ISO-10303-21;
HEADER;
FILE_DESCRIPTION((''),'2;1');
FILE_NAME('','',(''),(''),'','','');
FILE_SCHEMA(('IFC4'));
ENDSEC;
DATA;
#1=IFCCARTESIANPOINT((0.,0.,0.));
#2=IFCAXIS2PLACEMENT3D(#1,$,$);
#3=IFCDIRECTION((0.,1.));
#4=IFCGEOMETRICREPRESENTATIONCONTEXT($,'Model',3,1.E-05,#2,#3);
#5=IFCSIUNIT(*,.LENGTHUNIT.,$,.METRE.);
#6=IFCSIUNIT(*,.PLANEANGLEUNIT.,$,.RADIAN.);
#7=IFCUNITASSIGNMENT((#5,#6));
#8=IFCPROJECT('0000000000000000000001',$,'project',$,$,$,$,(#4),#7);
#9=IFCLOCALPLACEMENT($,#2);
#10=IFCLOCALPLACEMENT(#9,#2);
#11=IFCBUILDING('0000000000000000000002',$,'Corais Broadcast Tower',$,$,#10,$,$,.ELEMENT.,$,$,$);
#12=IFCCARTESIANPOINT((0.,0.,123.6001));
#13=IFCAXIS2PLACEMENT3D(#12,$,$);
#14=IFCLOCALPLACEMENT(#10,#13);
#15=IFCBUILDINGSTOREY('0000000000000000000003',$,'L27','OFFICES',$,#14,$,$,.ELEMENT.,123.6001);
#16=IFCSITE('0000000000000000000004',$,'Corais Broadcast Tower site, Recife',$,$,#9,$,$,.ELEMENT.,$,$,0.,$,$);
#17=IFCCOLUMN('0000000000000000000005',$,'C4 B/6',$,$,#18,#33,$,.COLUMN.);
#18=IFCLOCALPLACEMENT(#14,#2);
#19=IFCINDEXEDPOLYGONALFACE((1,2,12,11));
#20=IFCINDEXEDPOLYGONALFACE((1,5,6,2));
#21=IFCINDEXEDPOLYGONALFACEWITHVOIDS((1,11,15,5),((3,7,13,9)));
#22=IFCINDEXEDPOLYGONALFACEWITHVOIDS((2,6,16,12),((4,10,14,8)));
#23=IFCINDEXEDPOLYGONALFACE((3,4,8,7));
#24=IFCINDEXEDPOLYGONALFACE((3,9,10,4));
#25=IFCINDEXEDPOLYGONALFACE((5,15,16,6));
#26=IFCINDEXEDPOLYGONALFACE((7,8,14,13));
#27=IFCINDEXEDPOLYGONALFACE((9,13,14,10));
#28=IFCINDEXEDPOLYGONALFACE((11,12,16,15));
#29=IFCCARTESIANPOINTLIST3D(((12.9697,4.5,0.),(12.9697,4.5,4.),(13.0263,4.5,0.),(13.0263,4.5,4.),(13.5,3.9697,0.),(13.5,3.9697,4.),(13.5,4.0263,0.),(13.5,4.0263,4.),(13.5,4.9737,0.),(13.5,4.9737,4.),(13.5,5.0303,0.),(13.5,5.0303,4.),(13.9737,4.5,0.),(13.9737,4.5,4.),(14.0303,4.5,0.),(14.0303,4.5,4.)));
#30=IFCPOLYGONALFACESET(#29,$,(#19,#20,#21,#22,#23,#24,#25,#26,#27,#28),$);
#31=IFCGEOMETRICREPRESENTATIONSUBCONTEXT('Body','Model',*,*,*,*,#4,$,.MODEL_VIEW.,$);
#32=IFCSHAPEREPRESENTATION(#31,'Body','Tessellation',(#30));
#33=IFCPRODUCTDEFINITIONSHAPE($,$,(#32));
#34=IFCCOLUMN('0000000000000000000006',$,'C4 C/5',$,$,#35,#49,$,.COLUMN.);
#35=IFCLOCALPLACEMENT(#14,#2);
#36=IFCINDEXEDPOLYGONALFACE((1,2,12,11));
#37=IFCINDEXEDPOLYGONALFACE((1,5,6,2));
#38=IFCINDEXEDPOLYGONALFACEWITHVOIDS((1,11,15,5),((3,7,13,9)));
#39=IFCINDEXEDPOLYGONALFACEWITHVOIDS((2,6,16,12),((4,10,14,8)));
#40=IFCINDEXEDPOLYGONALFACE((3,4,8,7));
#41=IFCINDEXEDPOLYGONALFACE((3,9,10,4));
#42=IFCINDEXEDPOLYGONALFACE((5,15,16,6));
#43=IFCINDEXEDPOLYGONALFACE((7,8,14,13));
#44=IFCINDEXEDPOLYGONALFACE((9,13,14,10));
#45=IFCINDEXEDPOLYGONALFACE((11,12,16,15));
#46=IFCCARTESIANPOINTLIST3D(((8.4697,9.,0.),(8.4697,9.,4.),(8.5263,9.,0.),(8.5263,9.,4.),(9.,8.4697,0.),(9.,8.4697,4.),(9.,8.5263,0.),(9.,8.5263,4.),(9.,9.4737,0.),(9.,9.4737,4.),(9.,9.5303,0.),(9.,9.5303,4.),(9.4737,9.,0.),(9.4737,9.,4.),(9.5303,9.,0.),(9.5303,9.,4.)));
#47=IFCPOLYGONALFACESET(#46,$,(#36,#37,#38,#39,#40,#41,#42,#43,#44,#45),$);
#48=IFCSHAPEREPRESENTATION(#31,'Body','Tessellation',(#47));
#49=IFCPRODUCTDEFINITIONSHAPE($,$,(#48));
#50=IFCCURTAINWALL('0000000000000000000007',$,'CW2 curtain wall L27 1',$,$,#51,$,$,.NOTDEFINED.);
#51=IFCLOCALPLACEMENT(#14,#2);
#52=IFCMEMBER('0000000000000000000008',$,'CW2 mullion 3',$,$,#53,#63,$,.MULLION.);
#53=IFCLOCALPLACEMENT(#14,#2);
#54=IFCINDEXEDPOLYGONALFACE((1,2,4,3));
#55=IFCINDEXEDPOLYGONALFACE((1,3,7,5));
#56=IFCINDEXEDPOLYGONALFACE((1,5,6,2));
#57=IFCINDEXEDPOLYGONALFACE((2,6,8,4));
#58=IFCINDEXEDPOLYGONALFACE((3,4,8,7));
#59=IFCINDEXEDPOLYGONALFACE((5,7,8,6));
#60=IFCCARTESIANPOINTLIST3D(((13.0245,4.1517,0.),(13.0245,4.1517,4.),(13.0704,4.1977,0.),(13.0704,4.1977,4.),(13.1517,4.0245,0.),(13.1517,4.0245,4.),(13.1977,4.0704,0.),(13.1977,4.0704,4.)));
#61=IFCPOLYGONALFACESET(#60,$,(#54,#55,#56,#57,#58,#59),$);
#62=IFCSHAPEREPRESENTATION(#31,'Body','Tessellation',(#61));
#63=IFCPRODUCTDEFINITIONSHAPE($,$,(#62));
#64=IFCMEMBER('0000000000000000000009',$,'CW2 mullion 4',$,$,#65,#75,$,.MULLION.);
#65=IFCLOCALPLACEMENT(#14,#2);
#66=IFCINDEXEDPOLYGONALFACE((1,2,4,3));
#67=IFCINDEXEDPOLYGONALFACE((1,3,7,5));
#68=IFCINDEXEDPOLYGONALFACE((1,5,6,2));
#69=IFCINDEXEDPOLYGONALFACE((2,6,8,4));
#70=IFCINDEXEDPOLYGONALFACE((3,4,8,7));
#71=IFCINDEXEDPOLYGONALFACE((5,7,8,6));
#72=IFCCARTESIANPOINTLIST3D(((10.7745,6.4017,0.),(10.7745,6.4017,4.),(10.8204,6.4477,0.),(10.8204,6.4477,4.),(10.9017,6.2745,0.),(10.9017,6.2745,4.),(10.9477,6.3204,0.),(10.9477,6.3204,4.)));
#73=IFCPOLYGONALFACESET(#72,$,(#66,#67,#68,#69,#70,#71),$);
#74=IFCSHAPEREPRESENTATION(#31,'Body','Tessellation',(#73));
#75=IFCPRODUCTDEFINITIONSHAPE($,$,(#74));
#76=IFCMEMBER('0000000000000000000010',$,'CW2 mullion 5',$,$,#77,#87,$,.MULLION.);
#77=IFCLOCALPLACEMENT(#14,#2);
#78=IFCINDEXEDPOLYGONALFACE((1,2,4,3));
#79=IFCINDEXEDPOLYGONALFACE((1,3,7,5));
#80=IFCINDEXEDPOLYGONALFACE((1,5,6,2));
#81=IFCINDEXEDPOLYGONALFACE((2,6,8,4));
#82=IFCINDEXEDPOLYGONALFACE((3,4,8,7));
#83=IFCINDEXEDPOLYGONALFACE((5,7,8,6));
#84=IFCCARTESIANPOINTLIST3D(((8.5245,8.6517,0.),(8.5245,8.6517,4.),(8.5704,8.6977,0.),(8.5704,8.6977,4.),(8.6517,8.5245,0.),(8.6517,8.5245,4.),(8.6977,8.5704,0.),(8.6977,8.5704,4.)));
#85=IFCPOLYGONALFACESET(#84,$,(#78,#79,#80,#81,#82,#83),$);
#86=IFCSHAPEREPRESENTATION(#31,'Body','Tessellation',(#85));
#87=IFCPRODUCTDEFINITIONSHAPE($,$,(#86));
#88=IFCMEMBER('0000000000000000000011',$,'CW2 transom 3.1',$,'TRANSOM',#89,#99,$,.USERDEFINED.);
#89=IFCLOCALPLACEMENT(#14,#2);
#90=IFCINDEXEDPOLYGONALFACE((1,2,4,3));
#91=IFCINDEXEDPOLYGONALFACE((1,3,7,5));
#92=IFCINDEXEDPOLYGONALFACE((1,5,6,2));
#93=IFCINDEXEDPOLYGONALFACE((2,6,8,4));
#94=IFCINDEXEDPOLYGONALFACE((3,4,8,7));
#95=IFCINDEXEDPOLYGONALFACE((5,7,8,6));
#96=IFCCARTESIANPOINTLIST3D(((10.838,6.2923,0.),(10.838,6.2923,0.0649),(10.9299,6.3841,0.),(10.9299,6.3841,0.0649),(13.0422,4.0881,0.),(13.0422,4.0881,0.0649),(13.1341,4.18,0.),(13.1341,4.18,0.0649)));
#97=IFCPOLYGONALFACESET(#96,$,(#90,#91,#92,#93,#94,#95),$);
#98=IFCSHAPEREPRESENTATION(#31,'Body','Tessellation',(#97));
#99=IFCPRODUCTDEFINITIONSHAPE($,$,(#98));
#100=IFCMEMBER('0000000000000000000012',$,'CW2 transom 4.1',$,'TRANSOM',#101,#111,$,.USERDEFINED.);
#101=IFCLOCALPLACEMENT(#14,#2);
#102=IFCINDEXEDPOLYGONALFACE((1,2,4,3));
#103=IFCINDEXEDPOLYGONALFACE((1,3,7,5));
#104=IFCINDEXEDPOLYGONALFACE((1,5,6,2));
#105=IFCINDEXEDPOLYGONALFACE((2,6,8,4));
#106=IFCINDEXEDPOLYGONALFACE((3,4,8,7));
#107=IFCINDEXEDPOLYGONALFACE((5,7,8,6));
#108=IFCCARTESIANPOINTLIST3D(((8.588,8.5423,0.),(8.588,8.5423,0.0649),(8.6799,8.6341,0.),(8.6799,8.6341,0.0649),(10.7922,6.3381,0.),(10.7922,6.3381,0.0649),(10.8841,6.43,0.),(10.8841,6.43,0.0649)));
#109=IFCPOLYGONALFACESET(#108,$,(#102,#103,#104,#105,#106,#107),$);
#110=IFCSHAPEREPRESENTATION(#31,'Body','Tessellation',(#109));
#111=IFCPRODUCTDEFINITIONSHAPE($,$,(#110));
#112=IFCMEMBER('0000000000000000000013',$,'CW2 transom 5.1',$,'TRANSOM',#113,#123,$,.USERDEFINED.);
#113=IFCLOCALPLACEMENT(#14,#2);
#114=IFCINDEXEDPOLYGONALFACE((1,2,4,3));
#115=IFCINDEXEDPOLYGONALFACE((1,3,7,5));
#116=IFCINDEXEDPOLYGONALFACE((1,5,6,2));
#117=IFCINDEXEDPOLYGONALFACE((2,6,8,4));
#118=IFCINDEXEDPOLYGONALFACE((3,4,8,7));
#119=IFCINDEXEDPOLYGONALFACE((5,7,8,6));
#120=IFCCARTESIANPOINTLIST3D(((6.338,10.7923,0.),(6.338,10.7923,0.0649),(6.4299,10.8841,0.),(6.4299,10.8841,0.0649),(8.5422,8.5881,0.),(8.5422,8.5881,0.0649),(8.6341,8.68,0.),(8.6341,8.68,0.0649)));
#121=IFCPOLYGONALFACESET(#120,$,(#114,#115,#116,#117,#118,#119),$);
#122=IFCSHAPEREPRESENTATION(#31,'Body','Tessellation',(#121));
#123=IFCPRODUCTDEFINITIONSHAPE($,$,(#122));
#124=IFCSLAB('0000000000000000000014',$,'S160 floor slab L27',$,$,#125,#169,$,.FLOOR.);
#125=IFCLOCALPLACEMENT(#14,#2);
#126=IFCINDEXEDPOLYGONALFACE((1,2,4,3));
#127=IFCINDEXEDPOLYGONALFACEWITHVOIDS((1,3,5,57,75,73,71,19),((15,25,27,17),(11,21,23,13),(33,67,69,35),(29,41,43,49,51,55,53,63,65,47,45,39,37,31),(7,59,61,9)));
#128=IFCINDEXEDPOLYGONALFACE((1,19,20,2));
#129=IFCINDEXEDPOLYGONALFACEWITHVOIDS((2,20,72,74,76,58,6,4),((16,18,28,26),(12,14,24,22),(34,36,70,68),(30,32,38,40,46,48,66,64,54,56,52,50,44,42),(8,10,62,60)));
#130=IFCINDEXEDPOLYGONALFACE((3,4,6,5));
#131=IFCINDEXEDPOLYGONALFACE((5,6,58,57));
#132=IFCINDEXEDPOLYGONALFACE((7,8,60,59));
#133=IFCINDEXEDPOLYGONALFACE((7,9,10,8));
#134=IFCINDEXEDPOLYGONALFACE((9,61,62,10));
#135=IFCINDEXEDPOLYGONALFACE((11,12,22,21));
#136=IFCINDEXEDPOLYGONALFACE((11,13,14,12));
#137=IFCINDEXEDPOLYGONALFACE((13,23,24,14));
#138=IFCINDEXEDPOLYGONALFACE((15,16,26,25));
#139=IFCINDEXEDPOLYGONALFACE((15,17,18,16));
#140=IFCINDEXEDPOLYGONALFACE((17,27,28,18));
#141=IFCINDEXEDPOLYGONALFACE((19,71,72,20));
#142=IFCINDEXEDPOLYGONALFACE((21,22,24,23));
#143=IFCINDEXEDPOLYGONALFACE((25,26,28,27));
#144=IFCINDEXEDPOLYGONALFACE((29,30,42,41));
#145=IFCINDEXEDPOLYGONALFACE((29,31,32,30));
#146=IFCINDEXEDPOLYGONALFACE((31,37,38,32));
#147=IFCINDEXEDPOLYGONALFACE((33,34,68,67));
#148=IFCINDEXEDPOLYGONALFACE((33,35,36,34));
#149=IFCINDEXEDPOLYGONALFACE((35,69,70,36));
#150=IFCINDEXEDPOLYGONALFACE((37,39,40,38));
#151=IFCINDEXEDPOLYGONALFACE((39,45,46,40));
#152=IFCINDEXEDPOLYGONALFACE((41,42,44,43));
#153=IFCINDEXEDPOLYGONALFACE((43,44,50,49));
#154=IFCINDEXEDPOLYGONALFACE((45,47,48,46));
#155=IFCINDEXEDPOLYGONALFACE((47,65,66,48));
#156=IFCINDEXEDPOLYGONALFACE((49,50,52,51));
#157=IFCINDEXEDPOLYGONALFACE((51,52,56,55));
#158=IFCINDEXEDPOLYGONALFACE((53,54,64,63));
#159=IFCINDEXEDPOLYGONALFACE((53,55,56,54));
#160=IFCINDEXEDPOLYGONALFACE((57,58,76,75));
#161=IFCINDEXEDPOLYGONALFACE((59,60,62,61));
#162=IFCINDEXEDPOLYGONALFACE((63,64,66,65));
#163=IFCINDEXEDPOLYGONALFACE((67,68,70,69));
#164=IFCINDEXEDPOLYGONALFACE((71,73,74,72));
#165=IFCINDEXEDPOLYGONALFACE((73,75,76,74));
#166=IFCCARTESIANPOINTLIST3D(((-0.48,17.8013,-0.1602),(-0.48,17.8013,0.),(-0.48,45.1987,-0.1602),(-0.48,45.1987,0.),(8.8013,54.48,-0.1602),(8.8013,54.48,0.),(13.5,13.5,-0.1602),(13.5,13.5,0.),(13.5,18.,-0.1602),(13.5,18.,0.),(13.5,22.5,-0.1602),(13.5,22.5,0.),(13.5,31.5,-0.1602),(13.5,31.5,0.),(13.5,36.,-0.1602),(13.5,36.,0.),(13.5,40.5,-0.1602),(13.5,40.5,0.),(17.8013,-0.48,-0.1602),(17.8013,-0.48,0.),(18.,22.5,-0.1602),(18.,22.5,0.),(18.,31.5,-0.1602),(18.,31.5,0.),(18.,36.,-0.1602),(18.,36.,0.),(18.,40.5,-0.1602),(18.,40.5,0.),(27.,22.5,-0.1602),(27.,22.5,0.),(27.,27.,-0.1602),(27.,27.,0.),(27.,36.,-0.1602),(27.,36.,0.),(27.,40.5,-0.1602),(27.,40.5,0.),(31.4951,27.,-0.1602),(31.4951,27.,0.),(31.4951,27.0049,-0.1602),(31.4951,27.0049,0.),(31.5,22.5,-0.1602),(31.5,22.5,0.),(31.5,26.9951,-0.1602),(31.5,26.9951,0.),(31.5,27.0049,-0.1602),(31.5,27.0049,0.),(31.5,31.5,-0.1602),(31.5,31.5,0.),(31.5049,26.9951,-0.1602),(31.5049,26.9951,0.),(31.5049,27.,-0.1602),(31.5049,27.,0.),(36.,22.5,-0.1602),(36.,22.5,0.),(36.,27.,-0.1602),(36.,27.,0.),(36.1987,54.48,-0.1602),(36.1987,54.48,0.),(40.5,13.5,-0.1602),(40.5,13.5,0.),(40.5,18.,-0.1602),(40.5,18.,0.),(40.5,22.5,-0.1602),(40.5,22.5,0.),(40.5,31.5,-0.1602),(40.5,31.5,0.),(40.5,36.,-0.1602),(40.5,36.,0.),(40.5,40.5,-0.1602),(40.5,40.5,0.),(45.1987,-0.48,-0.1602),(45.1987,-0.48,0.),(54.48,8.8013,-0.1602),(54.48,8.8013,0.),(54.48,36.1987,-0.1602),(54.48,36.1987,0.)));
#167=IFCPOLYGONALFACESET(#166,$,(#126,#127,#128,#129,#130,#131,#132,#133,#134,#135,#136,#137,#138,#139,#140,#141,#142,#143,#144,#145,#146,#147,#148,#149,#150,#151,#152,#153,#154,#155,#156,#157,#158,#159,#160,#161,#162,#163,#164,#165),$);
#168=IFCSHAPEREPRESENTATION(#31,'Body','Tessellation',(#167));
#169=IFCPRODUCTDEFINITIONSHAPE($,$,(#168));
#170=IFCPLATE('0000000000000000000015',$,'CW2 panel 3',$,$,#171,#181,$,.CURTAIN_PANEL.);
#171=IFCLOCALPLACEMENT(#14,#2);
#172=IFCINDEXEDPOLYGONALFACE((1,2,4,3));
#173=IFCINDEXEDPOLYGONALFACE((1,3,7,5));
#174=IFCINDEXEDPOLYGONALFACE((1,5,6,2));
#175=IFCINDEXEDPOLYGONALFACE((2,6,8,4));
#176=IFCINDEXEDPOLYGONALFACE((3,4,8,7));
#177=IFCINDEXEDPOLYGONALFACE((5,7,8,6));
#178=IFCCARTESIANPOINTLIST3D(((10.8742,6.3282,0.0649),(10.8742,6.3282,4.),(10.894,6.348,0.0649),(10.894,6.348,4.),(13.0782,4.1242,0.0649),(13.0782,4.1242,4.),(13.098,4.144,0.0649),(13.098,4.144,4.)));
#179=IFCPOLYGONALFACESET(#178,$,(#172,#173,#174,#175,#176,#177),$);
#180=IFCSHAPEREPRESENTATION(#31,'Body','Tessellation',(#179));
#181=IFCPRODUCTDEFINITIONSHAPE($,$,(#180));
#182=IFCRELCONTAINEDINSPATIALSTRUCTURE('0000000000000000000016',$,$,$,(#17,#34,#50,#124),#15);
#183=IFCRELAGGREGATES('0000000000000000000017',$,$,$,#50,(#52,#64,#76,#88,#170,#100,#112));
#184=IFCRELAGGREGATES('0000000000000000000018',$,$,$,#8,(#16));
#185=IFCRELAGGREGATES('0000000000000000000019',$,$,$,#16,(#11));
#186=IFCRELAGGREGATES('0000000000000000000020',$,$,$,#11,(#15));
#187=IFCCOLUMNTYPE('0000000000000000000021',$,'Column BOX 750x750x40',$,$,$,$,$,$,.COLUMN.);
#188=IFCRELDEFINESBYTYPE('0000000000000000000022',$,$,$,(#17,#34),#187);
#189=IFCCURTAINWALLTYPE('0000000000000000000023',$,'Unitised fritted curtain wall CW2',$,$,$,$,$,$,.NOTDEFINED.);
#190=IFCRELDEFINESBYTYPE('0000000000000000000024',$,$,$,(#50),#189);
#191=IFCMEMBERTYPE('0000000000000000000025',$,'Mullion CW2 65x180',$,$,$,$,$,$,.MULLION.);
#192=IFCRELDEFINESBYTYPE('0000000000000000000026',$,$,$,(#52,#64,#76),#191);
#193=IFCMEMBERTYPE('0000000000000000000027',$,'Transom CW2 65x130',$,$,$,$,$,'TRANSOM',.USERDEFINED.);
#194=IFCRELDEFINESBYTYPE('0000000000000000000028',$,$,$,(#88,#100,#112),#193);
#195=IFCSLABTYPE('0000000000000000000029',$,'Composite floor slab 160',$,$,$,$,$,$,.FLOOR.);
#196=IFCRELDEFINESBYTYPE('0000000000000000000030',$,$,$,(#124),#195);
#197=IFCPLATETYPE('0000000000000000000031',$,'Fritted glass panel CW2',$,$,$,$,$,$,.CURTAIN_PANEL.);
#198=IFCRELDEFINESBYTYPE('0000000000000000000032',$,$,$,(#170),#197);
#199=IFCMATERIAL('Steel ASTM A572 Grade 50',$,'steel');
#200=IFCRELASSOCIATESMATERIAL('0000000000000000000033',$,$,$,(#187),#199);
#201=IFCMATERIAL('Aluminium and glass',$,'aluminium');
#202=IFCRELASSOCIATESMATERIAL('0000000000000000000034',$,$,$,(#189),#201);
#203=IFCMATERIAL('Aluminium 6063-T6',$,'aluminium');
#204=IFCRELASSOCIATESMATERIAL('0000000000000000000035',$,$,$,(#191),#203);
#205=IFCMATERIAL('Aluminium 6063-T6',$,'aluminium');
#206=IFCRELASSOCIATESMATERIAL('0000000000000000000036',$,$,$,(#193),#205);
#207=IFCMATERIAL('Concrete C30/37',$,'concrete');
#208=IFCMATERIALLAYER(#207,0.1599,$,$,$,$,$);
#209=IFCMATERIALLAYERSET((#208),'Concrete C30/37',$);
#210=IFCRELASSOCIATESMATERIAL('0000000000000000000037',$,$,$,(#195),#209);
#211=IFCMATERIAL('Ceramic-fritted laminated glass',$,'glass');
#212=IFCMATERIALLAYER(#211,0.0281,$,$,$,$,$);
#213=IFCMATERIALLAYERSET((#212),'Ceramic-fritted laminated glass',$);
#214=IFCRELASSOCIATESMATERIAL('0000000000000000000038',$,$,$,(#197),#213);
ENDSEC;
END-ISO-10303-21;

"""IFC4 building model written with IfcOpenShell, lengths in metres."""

from ifc_helpers import new_model, si_unit, direction, frame, origin, origin_2d, place, context, subcontext, project, spatial, polyline, rectangle, hollow_rectangle, outline, extrude, material, layer, layer_set, material_profile, profile_set, type_object, element, aggregate, save


model = new_model("IFC4")

# Units and contexts
model_context = context("Model", 3, precision=1e-05, world=origin(), true_north=direction((0.0, 1.0)))
body_context = subcontext(model_context, "Body", "Model", "MODEL_VIEW")
ifc_project = project(units=[si_unit("LENGTHUNIT", "METRE"), si_unit("PLANEANGLEUNIT", "RADIAN")], contexts=[model_context])

# Site, building, storey
site_placement = place(None, origin())
site = spatial("IfcSite", under=ifc_project, at=site_placement, Name="Corais Broadcast Tower site, Recife", CompositionType="ELEMENT", RefElevation=0.0)
building_placement = place(site_placement, origin())
building = spatial("IfcBuilding", under=site, at=building_placement, Name="Corais Broadcast Tower", CompositionType="ELEMENT")
storey_placement = place(building_placement, frame((0.0, 0.0, 123.6001)))
storey = spatial("IfcBuildingStorey", under=building, at=storey_placement, Name="L27", Description="OFFICES", CompositionType="ELEMENT", Elevation=123.6001)

# Columns
ifc_material_1 = material(Name="Steel ASTM A572 Grade 50", Category="steel")
ifc_material_profile_1 = material_profile(ifc_material_1, hollow_rectangle(XDim=0.75, YDim=0.75, WallThickness=0.04, at=origin_2d()), Name="BOX 750x750x40")
ifc_profile_set_1 = profile_set([ifc_material_profile_1], Name="Steel ASTM A572 Grade 50")
column_type = type_object("IfcColumnType", Name="Column BOX 750x750x40", PredefinedType="COLUMN", material=ifc_profile_set_1)
for number, where, z_axis, x_axis, name in (
    (1, (13.5, 4.5, 0.0), (0.0, 0.0, 1.0), (0.707107, 0.707107, 0.0), "C4 B/6"),
    (2, (9.0, 9.0, 0.0), (0.0, 0.0, 1.0), (0.707107, 0.707107, 0.0), "C4 C/5"),
):
    element("IfcColumn", number, at=place(storey_placement, frame(where, z_axis=z_axis, x_axis=x_axis)), inside=storey, type_object=column_type, Name=name, PredefinedType="COLUMN", context=body_context, shape_type="SweptSolid", body=[
        extrude(hollow_rectangle(XDim=0.75, YDim=0.75, WallThickness=0.04, at=origin_2d()), origin(), (0.0, 0.0, 1.0), 4.0),
    ])

# Curtain wall, members
ifc_material_2 = material(Name="Aluminium and glass", Category="aluminium")
curtain_wall_type = type_object("IfcCurtainWallType", Name="Unitised fritted curtain wall CW2", PredefinedType="NOTDEFINED", material=ifc_material_2)
curtain_wall_placement = place(storey_placement, origin())
curtain_wall = element("IfcCurtainWall", 3, at=curtain_wall_placement, inside=storey, type_object=curtain_wall_type, Name="CW2 curtain wall L27 1", PredefinedType="NOTDEFINED")
ifc_material_3 = material(Name="Aluminium 6063-T6", Category="aluminium")
ifc_material_profile_2 = material_profile(ifc_material_3, rectangle(XDim=0.0649, YDim=0.1799, at=origin_2d()), Name="Mullion CW2 65x180")
ifc_profile_set_2 = profile_set([ifc_material_profile_2], Name="Aluminium 6063-T6")
member_type_1 = type_object("IfcMemberType", Name="Mullion CW2 65x180", PredefinedType="MULLION", material=ifc_profile_set_2)
member_1_placement = place(storey_placement, frame((13.1111, 4.1111, 0.0), z_axis=(0.0, 0.0, 1.0), x_axis=(-0.707107, -0.707107, 0.0)))
member_1 = element("IfcMember", 4, at=member_1_placement, type_object=member_type_1, Name="CW2 mullion 3", PredefinedType="MULLION", context=body_context, shape_type="SweptSolid", body=[
    extrude(rectangle(XDim=0.0649, YDim=0.1799, at=origin_2d()), origin(), (0.0, 0.0, 1.0), 4.0),
])
member_2_placement = place(storey_placement, frame((10.8611, 6.3611, 0.0), z_axis=(0.0, 0.0, 1.0), x_axis=(-0.707107, -0.707107, 0.0)))
member_2 = element("IfcMember", 5, at=member_2_placement, type_object=member_type_1, Name="CW2 mullion 4", PredefinedType="MULLION", context=body_context, shape_type="SweptSolid", body=[
    extrude(rectangle(XDim=0.0649, YDim=0.1799, at=origin_2d()), origin(), (0.0, 0.0, 1.0), 4.0),
])
member_3_placement = place(storey_placement, frame((8.6111, 8.6111, 0.0), z_axis=(0.0, 0.0, 1.0), x_axis=(-0.707107, -0.707107, 0.0)))
member_3 = element("IfcMember", 6, at=member_3_placement, type_object=member_type_1, Name="CW2 mullion 5", PredefinedType="MULLION", context=body_context, shape_type="SweptSolid", body=[
    extrude(rectangle(XDim=0.0649, YDim=0.1799, at=origin_2d()), origin(), (0.0, 0.0, 1.0), 4.0),
])
ifc_material_4 = material(Name="Aluminium 6063-T6", Category="aluminium")
ifc_material_profile_3 = material_profile(ifc_material_4, rectangle(XDim=0.1299, YDim=0.0649, at=origin_2d()), Name="Transom CW2 65x130")
ifc_profile_set_3 = profile_set([ifc_material_profile_3], Name="Aluminium 6063-T6")
member_type_2 = type_object("IfcMemberType", Name="Transom CW2 65x130", ElementType="TRANSOM", PredefinedType="USERDEFINED", material=ifc_profile_set_3)
member_4_placement = place(storey_placement, frame((13.0881, 4.134, 0.0325), z_axis=(-0.707107, 0.707107, 0.0), x_axis=(-0.707107, -0.707107, 0.0)))
member_4 = element("IfcMember", 7, at=member_4_placement, type_object=member_type_2, Name="CW2 transom 3.1", ObjectType="TRANSOM", PredefinedType="USERDEFINED", context=body_context, shape_type="SweptSolid", body=[
    extrude(rectangle(XDim=0.1299, YDim=0.0649, at=origin_2d()), origin(), (0.0, 0.0, 1.0), 3.1172),
])
member_5_placement = place(storey_placement, frame((10.8381, 6.384, 0.0325), z_axis=(-0.707107, 0.707107, 0.0), x_axis=(-0.707107, -0.707107, 0.0)))
member_5 = element("IfcMember", 8, at=member_5_placement, type_object=member_type_2, Name="CW2 transom 4.1", ObjectType="TRANSOM", PredefinedType="USERDEFINED", context=body_context, shape_type="SweptSolid", body=[
    extrude(rectangle(XDim=0.1299, YDim=0.0649, at=origin_2d()), origin(), (0.0, 0.0, 1.0), 3.1172),
])
member_6_placement = place(storey_placement, frame((8.5881, 8.634, 0.0325), z_axis=(-0.707107, 0.707107, 0.0), x_axis=(-0.707107, -0.707107, 0.0)))
member_6 = element("IfcMember", 9, at=member_6_placement, type_object=member_type_2, Name="CW2 transom 5.1", ObjectType="TRANSOM", PredefinedType="USERDEFINED", context=body_context, shape_type="SweptSolid", body=[
    extrude(rectangle(XDim=0.1299, YDim=0.0649, at=origin_2d()), origin(), (0.0, 0.0, 1.0), 3.1172),
])

# Slab
ifc_material_5 = material(Name="Concrete C30/37", Category="concrete")
ifc_layer_1 = layer(ifc_material_5, 0.1599)
ifc_layer_set_1 = layer_set([ifc_layer_1], Name="Concrete C30/37")
slab_type_1 = type_object("IfcSlabType", Name="Composite floor slab 160", PredefinedType="FLOOR", material=ifc_layer_set_1)
slab_1_placement = place(storey_placement, frame((0.0, 0.0, -0.1602)))
element("IfcSlab", 10, at=slab_1_placement, inside=storey, type_object=slab_type_1, Name="S160 floor slab L27", PredefinedType="FLOOR", context=body_context, shape_type="SweptSolid", body=[
    extrude(outline(polyline([(17.8013, -0.48), (-0.48, 17.8013), (-0.48, 45.1987), (8.8013, 54.48), (36.1987, 54.48), (54.48, 36.1987), (54.48, 8.8013), (45.1987, -0.48), (17.8013, -0.48)]), holes=[polyline([(13.5, 18.0), (40.5, 18.0), (40.5, 13.5), (13.5, 13.5), (13.5, 18.0)]), polyline([(18.0, 22.5), (13.5, 22.5), (13.5, 31.5), (18.0, 31.5), (18.0, 22.5)]), polyline([(18.0, 36.0), (13.5, 36.0), (13.5, 40.5), (18.0, 40.5), (18.0, 36.0)]), polyline([(31.5, 22.5), (27.0, 22.5), (27.0, 27.0), (31.4951, 27.0), (31.4951, 27.0049), (31.5, 27.0049), (31.5, 31.5), (40.5, 31.5), (40.5, 22.5), (36.0, 22.5), (36.0, 27.0), (31.5049, 27.0), (31.5049, 26.9951), (31.5, 26.9951), (31.5, 22.5)]), polyline([(27.0, 40.5), (40.5, 40.5), (40.5, 36.0), (27.0, 36.0), (27.0, 40.5)])]), origin(), (0.0, 0.0, 1.0), 0.1602),
])

# Plate
ifc_material_6 = material(Name="Ceramic-fritted laminated glass", Category="glass")
ifc_layer_2 = layer(ifc_material_6, 0.0281)
ifc_layer_set_2 = layer_set([ifc_layer_2], Name="Ceramic-fritted laminated glass")
plate_type_1 = type_object("IfcPlateType", Name="Fritted glass panel CW2", PredefinedType="CURTAIN_PANEL", material=ifc_layer_set_2)
plate_1_placement = place(storey_placement, frame((11.9861, 5.2361, 0.0649), z_axis=(0.0, 0.0, 1.0), x_axis=(-0.707107, 0.707107, 0.0)))
plate_1 = element("IfcPlate", 11, at=plate_1_placement, type_object=plate_type_1, Name="CW2 panel 3", PredefinedType="CURTAIN_PANEL", context=body_context, shape_type="SweptSolid", body=[
    extrude(rectangle(XDim=3.1169, YDim=0.0281, at=origin_2d()), origin(), (0.0, 0.0, 1.0), 3.9351),
])
aggregate(curtain_wall, [member_1, member_2, member_3, member_4, plate_1, member_5, member_6])

save(model, "model.ifc")
